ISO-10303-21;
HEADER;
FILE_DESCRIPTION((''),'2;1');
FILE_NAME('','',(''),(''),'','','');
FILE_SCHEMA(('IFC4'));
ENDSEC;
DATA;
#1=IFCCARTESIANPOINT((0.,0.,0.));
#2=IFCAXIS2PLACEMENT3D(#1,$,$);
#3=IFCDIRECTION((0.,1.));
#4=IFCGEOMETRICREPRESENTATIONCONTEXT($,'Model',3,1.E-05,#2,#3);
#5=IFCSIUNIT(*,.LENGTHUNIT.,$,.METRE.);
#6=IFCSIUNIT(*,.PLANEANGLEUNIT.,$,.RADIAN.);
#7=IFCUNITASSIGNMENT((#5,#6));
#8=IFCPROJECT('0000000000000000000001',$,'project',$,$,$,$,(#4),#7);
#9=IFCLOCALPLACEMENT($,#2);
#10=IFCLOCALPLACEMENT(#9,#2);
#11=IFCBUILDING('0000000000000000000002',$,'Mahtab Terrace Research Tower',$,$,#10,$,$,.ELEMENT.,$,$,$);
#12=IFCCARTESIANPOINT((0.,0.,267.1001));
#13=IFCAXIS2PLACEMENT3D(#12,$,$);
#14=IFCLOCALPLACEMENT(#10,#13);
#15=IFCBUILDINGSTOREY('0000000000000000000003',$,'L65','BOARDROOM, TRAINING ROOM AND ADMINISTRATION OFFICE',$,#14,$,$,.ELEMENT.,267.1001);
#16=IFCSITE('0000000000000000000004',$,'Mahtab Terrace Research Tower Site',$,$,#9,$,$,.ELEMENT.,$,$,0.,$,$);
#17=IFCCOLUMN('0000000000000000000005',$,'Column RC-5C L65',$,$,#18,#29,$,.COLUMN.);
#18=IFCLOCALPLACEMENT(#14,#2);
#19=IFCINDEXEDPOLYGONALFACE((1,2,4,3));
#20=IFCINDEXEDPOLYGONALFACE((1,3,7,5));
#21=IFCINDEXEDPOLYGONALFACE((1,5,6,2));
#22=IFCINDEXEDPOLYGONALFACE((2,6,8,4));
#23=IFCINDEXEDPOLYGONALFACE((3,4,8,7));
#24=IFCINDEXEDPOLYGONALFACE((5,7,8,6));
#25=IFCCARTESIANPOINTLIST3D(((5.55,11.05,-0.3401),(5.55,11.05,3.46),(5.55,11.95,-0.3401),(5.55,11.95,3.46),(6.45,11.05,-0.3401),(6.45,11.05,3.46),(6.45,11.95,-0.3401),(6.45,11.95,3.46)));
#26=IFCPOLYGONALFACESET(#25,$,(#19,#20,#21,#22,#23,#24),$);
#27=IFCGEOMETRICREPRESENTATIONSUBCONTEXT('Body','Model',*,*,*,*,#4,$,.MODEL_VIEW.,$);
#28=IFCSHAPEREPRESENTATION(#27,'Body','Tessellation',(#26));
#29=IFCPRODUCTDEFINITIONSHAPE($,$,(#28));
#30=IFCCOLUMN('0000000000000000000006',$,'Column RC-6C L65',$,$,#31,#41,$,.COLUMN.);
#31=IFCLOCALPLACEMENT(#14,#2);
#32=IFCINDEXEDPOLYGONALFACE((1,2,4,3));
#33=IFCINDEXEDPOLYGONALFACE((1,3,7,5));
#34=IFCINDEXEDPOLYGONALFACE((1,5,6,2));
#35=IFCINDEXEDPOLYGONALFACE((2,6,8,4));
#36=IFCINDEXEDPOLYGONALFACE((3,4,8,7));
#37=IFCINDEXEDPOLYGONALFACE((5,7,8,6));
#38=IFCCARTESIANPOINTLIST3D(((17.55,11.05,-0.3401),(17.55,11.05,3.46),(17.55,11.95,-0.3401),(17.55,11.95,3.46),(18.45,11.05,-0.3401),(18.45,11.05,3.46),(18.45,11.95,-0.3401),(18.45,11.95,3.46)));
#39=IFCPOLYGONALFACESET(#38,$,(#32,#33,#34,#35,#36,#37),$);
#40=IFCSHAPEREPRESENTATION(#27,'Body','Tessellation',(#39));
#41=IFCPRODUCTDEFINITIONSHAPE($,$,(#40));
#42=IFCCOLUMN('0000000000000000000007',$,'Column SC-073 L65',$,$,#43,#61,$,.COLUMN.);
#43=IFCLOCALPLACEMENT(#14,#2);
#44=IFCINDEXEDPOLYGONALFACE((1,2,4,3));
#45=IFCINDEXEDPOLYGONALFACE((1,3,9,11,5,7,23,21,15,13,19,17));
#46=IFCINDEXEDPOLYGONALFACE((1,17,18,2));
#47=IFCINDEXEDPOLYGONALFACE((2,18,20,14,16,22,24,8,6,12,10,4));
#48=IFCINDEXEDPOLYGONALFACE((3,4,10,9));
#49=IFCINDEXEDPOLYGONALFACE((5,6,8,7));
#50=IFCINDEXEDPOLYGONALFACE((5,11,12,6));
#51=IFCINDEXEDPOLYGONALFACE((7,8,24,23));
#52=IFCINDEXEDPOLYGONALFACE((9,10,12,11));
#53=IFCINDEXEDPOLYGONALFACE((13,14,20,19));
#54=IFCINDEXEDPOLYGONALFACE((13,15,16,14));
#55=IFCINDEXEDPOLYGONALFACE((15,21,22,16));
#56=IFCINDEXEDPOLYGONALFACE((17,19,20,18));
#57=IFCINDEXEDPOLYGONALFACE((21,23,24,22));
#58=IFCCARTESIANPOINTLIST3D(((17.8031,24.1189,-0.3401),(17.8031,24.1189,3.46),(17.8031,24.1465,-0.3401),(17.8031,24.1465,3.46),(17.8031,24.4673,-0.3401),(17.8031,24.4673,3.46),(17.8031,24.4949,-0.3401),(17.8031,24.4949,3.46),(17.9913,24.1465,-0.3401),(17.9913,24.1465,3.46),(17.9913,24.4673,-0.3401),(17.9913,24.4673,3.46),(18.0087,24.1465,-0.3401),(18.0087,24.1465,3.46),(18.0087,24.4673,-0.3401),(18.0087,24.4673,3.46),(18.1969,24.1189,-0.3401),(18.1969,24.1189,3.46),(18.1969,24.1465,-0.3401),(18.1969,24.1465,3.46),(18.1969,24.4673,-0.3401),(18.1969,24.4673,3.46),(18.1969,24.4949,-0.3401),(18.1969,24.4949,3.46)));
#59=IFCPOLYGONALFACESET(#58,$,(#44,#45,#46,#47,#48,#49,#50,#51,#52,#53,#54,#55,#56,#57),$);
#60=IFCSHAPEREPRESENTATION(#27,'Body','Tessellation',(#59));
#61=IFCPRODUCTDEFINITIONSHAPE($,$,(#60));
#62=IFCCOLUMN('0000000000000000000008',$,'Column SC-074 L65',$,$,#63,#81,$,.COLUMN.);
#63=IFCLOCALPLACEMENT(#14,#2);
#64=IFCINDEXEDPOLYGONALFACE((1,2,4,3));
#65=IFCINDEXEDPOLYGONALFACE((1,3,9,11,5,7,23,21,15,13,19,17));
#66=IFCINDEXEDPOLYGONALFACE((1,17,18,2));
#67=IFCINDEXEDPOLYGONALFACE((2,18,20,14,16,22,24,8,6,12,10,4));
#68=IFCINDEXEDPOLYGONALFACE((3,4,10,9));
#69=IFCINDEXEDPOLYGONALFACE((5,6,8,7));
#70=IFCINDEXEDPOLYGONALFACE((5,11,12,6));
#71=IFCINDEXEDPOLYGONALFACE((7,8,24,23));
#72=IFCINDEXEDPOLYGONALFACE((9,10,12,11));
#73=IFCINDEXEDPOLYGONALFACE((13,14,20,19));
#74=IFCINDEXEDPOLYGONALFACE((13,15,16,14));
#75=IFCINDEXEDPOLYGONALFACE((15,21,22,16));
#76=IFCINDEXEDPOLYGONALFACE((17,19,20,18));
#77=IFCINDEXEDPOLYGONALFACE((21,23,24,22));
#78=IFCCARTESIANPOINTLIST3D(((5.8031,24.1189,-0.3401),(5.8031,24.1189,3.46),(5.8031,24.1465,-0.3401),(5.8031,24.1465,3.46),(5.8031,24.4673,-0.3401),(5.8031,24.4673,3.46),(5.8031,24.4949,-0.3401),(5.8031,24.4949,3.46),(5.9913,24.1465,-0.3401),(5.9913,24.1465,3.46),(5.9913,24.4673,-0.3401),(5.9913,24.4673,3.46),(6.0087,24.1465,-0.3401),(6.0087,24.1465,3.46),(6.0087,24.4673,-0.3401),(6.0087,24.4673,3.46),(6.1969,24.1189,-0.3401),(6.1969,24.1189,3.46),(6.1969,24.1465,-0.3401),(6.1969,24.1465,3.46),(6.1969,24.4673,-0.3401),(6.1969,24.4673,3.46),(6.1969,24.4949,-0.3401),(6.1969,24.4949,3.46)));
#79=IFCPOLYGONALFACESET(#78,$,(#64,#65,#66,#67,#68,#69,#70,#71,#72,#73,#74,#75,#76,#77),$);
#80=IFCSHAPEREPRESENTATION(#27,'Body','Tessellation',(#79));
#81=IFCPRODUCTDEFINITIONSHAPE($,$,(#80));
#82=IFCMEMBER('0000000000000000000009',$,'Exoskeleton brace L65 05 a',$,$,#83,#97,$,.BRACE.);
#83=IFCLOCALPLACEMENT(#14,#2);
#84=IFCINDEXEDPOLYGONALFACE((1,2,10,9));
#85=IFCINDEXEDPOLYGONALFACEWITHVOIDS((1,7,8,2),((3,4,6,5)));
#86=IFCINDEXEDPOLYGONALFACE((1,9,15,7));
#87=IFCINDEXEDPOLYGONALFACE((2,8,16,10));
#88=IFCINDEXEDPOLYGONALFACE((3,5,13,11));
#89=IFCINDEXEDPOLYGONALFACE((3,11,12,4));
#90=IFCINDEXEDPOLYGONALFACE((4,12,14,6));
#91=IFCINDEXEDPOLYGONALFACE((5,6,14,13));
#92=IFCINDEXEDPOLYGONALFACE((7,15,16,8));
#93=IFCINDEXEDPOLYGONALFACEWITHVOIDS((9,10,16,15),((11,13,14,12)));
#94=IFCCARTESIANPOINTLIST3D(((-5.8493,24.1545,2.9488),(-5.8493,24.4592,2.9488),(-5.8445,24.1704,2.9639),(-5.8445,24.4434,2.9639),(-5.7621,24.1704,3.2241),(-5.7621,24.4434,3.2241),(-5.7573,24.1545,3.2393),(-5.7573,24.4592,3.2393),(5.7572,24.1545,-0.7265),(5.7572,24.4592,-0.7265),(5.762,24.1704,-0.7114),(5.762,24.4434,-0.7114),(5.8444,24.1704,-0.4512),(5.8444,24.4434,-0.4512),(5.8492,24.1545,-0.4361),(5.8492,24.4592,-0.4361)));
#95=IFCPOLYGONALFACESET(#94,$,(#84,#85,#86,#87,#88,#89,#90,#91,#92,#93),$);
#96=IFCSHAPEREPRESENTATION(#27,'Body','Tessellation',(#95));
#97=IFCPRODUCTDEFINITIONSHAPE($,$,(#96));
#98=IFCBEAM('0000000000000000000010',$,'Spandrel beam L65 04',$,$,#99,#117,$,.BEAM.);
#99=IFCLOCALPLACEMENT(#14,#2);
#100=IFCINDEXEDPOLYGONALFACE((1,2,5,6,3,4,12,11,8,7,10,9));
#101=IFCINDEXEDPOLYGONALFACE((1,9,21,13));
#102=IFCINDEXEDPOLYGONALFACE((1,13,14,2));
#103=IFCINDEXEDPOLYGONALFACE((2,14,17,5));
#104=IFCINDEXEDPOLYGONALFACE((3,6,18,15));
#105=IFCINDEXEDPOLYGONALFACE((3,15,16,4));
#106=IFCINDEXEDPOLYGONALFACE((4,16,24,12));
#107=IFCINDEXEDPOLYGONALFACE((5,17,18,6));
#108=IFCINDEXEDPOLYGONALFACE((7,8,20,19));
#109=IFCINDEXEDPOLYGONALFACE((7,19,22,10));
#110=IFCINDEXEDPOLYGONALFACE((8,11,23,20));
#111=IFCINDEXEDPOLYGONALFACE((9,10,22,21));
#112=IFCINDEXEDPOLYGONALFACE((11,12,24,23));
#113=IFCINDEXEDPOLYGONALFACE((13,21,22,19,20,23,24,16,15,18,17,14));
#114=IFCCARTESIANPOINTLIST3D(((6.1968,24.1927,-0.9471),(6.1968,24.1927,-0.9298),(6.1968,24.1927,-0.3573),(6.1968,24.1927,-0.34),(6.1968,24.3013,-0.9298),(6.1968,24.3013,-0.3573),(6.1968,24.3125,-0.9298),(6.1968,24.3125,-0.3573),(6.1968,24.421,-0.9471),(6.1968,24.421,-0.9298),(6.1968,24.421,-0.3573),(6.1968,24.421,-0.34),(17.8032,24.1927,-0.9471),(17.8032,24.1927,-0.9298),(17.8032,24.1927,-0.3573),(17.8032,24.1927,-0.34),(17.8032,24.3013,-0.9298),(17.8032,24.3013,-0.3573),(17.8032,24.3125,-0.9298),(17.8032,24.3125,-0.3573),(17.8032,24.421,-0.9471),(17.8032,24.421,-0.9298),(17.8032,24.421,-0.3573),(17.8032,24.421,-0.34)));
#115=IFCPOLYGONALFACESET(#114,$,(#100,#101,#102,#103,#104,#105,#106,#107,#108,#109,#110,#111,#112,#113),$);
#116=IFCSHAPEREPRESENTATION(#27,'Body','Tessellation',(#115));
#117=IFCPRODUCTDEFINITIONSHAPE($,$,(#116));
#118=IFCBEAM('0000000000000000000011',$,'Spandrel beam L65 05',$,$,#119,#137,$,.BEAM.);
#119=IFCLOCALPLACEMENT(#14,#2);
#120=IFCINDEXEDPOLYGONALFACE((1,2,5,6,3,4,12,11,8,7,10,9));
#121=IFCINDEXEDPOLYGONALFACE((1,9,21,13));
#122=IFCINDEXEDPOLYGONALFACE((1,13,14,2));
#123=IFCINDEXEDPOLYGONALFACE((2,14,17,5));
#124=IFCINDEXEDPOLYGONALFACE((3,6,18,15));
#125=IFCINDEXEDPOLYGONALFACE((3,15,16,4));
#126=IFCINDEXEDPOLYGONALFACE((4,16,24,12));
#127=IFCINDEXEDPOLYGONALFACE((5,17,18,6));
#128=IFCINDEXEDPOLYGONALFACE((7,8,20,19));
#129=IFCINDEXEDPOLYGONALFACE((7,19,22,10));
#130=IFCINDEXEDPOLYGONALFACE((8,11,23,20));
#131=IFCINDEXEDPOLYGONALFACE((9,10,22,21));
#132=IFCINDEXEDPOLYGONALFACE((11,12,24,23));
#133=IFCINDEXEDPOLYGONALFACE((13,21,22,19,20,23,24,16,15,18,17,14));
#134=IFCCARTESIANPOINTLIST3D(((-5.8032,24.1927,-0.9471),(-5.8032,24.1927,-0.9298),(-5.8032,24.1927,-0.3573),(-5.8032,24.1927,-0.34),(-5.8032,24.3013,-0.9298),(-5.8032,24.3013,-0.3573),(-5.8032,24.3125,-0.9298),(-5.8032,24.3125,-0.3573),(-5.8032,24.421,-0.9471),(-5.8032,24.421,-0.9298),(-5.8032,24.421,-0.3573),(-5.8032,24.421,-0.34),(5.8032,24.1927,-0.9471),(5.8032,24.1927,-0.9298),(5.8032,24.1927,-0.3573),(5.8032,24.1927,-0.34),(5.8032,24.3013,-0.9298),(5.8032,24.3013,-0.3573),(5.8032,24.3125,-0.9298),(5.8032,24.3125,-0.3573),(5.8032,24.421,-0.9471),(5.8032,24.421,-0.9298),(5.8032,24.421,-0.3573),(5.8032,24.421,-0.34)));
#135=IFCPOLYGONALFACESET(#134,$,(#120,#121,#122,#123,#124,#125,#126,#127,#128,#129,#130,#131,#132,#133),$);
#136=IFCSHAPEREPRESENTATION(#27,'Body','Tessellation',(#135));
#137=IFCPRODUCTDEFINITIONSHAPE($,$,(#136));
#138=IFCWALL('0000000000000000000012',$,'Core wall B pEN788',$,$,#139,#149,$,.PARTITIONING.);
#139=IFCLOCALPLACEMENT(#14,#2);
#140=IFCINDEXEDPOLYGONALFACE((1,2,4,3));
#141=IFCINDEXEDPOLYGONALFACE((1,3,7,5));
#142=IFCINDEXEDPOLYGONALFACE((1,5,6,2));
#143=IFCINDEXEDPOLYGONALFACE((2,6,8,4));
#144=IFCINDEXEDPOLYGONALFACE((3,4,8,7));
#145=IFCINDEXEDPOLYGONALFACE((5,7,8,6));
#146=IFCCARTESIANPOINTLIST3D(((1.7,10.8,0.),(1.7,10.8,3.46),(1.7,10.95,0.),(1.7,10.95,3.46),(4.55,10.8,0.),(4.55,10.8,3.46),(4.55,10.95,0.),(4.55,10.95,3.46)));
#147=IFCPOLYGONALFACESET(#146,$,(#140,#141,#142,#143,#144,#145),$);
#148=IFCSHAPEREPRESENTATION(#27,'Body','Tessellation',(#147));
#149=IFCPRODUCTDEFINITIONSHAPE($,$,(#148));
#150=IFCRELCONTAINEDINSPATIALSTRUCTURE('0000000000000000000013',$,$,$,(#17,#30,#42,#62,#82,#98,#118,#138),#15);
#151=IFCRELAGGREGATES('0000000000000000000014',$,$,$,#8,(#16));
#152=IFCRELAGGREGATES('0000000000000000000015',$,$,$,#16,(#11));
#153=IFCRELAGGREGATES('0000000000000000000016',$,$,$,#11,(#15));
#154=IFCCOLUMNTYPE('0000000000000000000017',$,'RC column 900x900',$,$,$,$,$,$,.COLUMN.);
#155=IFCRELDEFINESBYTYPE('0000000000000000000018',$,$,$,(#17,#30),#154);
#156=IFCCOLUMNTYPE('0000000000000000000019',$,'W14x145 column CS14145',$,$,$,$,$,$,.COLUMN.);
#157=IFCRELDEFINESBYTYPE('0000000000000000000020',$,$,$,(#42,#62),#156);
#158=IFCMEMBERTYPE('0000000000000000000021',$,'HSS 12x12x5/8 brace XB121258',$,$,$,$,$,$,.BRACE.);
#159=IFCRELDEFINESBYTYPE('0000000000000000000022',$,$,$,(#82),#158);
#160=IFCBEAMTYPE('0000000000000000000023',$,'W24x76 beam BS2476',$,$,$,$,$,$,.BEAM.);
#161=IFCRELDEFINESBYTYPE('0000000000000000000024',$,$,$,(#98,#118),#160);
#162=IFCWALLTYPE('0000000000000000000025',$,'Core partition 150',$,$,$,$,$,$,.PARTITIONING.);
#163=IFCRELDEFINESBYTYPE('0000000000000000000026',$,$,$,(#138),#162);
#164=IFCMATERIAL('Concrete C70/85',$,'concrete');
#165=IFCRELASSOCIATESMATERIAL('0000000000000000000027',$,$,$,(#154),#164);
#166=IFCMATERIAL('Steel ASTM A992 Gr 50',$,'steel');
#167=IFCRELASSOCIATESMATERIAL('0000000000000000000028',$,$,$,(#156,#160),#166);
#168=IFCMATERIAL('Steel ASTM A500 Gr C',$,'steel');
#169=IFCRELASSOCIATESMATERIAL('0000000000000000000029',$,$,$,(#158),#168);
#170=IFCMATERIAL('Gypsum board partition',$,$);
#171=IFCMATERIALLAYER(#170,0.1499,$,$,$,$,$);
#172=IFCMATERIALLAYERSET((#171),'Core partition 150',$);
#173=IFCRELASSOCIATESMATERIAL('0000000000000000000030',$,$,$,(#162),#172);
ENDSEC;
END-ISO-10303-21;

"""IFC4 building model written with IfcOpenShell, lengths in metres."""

from ifc_helpers import new_model, si_unit, direction, frame, frame_2d, origin, origin_2d, place, context, subcontext, project, spatial, rectangle, hollow_rectangle, i_section, extrude, material, layer, layer_set, material_profile, profile_set, type_object, element, save


model = new_model("IFC4")

# Units and contexts
model_context = context("Model", 3, precision=1e-05, world=origin(), true_north=direction((0.0, 1.0)))
body_context = subcontext(model_context, "Body", "Model", "MODEL_VIEW")
ifc_project = project(units=[si_unit("LENGTHUNIT", "METRE"), si_unit("PLANEANGLEUNIT", "RADIAN")], contexts=[model_context])

# Site, building, storey
site_placement = place(None, origin())
site = spatial("IfcSite", under=ifc_project, at=site_placement, Name="Mahtab Terrace Research Tower Site", CompositionType="ELEMENT", RefElevation=0.0)
building_placement = place(site_placement, origin())
building = spatial("IfcBuilding", under=site, at=building_placement, Name="Mahtab Terrace Research Tower", CompositionType="ELEMENT")
storey_placement = place(building_placement, frame((0.0, 0.0, 267.1001)))
storey = spatial("IfcBuildingStorey", under=building, at=storey_placement, Name="L65", Description="BOARDROOM, TRAINING ROOM AND ADMINISTRATION OFFICE", CompositionType="ELEMENT", Elevation=267.1001)

# Columns
ifc_material_1 = material(Name="Concrete C70/85", Category="concrete")
ifc_material_profile_1 = material_profile(ifc_material_1, rectangle(XDim=0.8999, YDim=0.8999, at=origin_2d()), Name="RC column 900x900")
ifc_profile_set_1 = profile_set([ifc_material_profile_1], Name="Concrete C70/85")
column_type_1 = type_object("IfcColumnType", Name="RC column 900x900", PredefinedType="COLUMN", material=ifc_profile_set_1)
for number, where, z_axis, x_axis, name in (
    (1, (6.0, 11.5, -0.3401), (0.0, 0.0, 1.0), (1.0, 0.0, 0.0), "Column RC-5C L65"),
    (2, (18.0, 11.5, -0.3401), (0.0, 0.0, 1.0), (1.0, 0.0, 0.0), "Column RC-6C L65"),
):
    element("IfcColumn", number, at=place(storey_placement, frame(where, z_axis=z_axis, x_axis=x_axis)), inside=storey, type_object=column_type_1, Name=name, PredefinedType="COLUMN", context=body_context, shape_type="SweptSolid", body=[
        extrude(rectangle(XDim=0.8999, YDim=0.8999, at=origin_2d()), origin(), (0.0, 0.0, 1.0), 3.8),
    ])
ifc_material_2 = material(Name="Steel ASTM A992 Gr 50", Category="steel")
ifc_material_profile_2 = material_profile(ifc_material_2, i_section(OverallWidth=0.3938, OverallDepth=0.376, WebThickness=0.0173, FlangeThickness=0.0276, at=origin_2d()), Name="W14X145")
ifc_profile_set_2 = profile_set([ifc_material_profile_2], Name="Steel ASTM A992 Gr 50")
column_type_2 = type_object("IfcColumnType", Name="W14x145 column CS14145", PredefinedType="COLUMN", material=ifc_profile_set_2)
for number, where, z_axis, x_axis, name in (
    (3, (18.0, 24.3069, -0.3401), (0.0, 0.0, 1.0), (1.0, 0.0, 0.0), "Column SC-073 L65"),
    (4, (6.0, 24.3069, -0.3401), (0.0, 0.0, 1.0), (1.0, 0.0, 0.0), "Column SC-074 L65"),
):
    element("IfcColumn", number, at=place(storey_placement, frame(where, z_axis=z_axis, x_axis=x_axis)), inside=storey, type_object=column_type_2, Name=name, PredefinedType="COLUMN", context=body_context, shape_type="SweptSolid", body=[
        extrude(i_section(OverallWidth=0.3938, OverallDepth=0.376, WebThickness=0.0173, FlangeThickness=0.0276, at=origin_2d()), origin(), (0.0, 0.0, 1.0), 3.8),
    ])

# Member
ifc_material_3 = material(Name="Steel ASTM A500 Gr C", Category="steel")
ifc_material_profile_3 = material_profile(ifc_material_3, hollow_rectangle(XDim=0.3047, YDim=0.3047, WallThickness=0.0159, at=origin_2d()), Name="HSS12X12X5/8")
ifc_profile_set_3 = profile_set([ifc_material_profile_3], Name="Steel ASTM A500 Gr C")
member_type = type_object("IfcMemberType", Name="HSS 12x12x5/8 brace XB121258", PredefinedType="BRACE", material=ifc_profile_set_3)
member_placement = place(storey_placement, frame((5.8032, 24.3069, -0.5813), z_axis=(-0.953344, 0.0, 0.301886), x_axis=(0.0, -1.0, 0.0)))
element("IfcMember", 5, at=member_placement, inside=storey, type_object=member_type, Name="Exoskeleton brace L65 05 a", PredefinedType="BRACE", context=body_context, shape_type="SweptSolid", body=[
    extrude(hollow_rectangle(XDim=0.3047, YDim=0.3047, WallThickness=0.0159, at=origin_2d()), origin(), (0.0, 0.0, 1.0), 12.1746),
])

# Beams
ifc_material_profile_4 = material_profile(ifc_material_2, i_section(OverallWidth=0.2283, OverallDepth=0.6072, WebThickness=0.0112, FlangeThickness=0.0173, at=origin_2d()), Name="W24X76")
ifc_profile_set_4 = profile_set([ifc_material_profile_4], Name="Steel ASTM A992 Gr 50")
beam_type = type_object("IfcBeamType", Name="W24x76 beam BS2476", PredefinedType="BEAM", material=ifc_profile_set_4)
for number, where, z_axis, x_axis, name in (
    (6, (17.8032, 24.3069, -0.6436), (-1.0, 0.0, 0.0), (0.0, -1.0, 0.0), "Spandrel beam L65 04"),
    (7, (5.8032, 24.3069, -0.6436), (-1.0, 0.0, 0.0), (0.0, -1.0, 0.0), "Spandrel beam L65 05"),
):
    element("IfcBeam", number, at=place(storey_placement, frame(where, z_axis=z_axis, x_axis=x_axis)), inside=storey, type_object=beam_type, Name=name, PredefinedType="BEAM", context=body_context, shape_type="SweptSolid", body=[
        extrude(i_section(OverallWidth=0.2283, OverallDepth=0.6072, WebThickness=0.0112, FlangeThickness=0.0173, at=origin_2d()), origin(), (0.0, 0.0, 1.0), 11.6064),
    ])

# Wall
ifc_material_4 = material(Name="Gypsum board partition")
ifc_layer_1 = layer(ifc_material_4, 0.1499)
ifc_layer_set_1 = layer_set([ifc_layer_1], Name="Core partition 150")
wall_type_1 = type_object("IfcWallType", Name="Core partition 150", PredefinedType="PARTITIONING", material=ifc_layer_set_1)
wall_1_placement = place(storey_placement, frame((1.7, 10.875, 0.0), z_axis=(0.0, 0.0, 1.0), x_axis=(1.0, 0.0, 0.0)))
element("IfcWall", 8, at=wall_1_placement, inside=storey, type_object=wall_type_1, Name="Core wall B pEN788", PredefinedType="PARTITIONING", context=body_context, shape_type="SweptSolid", body=[
    extrude(rectangle(XDim=2.8501, YDim=0.1499, at=frame_2d((1.425, 0.0))), origin(), (0.0, 0.0, 1.0), 3.46),
])

save(model, "model.ifc")
